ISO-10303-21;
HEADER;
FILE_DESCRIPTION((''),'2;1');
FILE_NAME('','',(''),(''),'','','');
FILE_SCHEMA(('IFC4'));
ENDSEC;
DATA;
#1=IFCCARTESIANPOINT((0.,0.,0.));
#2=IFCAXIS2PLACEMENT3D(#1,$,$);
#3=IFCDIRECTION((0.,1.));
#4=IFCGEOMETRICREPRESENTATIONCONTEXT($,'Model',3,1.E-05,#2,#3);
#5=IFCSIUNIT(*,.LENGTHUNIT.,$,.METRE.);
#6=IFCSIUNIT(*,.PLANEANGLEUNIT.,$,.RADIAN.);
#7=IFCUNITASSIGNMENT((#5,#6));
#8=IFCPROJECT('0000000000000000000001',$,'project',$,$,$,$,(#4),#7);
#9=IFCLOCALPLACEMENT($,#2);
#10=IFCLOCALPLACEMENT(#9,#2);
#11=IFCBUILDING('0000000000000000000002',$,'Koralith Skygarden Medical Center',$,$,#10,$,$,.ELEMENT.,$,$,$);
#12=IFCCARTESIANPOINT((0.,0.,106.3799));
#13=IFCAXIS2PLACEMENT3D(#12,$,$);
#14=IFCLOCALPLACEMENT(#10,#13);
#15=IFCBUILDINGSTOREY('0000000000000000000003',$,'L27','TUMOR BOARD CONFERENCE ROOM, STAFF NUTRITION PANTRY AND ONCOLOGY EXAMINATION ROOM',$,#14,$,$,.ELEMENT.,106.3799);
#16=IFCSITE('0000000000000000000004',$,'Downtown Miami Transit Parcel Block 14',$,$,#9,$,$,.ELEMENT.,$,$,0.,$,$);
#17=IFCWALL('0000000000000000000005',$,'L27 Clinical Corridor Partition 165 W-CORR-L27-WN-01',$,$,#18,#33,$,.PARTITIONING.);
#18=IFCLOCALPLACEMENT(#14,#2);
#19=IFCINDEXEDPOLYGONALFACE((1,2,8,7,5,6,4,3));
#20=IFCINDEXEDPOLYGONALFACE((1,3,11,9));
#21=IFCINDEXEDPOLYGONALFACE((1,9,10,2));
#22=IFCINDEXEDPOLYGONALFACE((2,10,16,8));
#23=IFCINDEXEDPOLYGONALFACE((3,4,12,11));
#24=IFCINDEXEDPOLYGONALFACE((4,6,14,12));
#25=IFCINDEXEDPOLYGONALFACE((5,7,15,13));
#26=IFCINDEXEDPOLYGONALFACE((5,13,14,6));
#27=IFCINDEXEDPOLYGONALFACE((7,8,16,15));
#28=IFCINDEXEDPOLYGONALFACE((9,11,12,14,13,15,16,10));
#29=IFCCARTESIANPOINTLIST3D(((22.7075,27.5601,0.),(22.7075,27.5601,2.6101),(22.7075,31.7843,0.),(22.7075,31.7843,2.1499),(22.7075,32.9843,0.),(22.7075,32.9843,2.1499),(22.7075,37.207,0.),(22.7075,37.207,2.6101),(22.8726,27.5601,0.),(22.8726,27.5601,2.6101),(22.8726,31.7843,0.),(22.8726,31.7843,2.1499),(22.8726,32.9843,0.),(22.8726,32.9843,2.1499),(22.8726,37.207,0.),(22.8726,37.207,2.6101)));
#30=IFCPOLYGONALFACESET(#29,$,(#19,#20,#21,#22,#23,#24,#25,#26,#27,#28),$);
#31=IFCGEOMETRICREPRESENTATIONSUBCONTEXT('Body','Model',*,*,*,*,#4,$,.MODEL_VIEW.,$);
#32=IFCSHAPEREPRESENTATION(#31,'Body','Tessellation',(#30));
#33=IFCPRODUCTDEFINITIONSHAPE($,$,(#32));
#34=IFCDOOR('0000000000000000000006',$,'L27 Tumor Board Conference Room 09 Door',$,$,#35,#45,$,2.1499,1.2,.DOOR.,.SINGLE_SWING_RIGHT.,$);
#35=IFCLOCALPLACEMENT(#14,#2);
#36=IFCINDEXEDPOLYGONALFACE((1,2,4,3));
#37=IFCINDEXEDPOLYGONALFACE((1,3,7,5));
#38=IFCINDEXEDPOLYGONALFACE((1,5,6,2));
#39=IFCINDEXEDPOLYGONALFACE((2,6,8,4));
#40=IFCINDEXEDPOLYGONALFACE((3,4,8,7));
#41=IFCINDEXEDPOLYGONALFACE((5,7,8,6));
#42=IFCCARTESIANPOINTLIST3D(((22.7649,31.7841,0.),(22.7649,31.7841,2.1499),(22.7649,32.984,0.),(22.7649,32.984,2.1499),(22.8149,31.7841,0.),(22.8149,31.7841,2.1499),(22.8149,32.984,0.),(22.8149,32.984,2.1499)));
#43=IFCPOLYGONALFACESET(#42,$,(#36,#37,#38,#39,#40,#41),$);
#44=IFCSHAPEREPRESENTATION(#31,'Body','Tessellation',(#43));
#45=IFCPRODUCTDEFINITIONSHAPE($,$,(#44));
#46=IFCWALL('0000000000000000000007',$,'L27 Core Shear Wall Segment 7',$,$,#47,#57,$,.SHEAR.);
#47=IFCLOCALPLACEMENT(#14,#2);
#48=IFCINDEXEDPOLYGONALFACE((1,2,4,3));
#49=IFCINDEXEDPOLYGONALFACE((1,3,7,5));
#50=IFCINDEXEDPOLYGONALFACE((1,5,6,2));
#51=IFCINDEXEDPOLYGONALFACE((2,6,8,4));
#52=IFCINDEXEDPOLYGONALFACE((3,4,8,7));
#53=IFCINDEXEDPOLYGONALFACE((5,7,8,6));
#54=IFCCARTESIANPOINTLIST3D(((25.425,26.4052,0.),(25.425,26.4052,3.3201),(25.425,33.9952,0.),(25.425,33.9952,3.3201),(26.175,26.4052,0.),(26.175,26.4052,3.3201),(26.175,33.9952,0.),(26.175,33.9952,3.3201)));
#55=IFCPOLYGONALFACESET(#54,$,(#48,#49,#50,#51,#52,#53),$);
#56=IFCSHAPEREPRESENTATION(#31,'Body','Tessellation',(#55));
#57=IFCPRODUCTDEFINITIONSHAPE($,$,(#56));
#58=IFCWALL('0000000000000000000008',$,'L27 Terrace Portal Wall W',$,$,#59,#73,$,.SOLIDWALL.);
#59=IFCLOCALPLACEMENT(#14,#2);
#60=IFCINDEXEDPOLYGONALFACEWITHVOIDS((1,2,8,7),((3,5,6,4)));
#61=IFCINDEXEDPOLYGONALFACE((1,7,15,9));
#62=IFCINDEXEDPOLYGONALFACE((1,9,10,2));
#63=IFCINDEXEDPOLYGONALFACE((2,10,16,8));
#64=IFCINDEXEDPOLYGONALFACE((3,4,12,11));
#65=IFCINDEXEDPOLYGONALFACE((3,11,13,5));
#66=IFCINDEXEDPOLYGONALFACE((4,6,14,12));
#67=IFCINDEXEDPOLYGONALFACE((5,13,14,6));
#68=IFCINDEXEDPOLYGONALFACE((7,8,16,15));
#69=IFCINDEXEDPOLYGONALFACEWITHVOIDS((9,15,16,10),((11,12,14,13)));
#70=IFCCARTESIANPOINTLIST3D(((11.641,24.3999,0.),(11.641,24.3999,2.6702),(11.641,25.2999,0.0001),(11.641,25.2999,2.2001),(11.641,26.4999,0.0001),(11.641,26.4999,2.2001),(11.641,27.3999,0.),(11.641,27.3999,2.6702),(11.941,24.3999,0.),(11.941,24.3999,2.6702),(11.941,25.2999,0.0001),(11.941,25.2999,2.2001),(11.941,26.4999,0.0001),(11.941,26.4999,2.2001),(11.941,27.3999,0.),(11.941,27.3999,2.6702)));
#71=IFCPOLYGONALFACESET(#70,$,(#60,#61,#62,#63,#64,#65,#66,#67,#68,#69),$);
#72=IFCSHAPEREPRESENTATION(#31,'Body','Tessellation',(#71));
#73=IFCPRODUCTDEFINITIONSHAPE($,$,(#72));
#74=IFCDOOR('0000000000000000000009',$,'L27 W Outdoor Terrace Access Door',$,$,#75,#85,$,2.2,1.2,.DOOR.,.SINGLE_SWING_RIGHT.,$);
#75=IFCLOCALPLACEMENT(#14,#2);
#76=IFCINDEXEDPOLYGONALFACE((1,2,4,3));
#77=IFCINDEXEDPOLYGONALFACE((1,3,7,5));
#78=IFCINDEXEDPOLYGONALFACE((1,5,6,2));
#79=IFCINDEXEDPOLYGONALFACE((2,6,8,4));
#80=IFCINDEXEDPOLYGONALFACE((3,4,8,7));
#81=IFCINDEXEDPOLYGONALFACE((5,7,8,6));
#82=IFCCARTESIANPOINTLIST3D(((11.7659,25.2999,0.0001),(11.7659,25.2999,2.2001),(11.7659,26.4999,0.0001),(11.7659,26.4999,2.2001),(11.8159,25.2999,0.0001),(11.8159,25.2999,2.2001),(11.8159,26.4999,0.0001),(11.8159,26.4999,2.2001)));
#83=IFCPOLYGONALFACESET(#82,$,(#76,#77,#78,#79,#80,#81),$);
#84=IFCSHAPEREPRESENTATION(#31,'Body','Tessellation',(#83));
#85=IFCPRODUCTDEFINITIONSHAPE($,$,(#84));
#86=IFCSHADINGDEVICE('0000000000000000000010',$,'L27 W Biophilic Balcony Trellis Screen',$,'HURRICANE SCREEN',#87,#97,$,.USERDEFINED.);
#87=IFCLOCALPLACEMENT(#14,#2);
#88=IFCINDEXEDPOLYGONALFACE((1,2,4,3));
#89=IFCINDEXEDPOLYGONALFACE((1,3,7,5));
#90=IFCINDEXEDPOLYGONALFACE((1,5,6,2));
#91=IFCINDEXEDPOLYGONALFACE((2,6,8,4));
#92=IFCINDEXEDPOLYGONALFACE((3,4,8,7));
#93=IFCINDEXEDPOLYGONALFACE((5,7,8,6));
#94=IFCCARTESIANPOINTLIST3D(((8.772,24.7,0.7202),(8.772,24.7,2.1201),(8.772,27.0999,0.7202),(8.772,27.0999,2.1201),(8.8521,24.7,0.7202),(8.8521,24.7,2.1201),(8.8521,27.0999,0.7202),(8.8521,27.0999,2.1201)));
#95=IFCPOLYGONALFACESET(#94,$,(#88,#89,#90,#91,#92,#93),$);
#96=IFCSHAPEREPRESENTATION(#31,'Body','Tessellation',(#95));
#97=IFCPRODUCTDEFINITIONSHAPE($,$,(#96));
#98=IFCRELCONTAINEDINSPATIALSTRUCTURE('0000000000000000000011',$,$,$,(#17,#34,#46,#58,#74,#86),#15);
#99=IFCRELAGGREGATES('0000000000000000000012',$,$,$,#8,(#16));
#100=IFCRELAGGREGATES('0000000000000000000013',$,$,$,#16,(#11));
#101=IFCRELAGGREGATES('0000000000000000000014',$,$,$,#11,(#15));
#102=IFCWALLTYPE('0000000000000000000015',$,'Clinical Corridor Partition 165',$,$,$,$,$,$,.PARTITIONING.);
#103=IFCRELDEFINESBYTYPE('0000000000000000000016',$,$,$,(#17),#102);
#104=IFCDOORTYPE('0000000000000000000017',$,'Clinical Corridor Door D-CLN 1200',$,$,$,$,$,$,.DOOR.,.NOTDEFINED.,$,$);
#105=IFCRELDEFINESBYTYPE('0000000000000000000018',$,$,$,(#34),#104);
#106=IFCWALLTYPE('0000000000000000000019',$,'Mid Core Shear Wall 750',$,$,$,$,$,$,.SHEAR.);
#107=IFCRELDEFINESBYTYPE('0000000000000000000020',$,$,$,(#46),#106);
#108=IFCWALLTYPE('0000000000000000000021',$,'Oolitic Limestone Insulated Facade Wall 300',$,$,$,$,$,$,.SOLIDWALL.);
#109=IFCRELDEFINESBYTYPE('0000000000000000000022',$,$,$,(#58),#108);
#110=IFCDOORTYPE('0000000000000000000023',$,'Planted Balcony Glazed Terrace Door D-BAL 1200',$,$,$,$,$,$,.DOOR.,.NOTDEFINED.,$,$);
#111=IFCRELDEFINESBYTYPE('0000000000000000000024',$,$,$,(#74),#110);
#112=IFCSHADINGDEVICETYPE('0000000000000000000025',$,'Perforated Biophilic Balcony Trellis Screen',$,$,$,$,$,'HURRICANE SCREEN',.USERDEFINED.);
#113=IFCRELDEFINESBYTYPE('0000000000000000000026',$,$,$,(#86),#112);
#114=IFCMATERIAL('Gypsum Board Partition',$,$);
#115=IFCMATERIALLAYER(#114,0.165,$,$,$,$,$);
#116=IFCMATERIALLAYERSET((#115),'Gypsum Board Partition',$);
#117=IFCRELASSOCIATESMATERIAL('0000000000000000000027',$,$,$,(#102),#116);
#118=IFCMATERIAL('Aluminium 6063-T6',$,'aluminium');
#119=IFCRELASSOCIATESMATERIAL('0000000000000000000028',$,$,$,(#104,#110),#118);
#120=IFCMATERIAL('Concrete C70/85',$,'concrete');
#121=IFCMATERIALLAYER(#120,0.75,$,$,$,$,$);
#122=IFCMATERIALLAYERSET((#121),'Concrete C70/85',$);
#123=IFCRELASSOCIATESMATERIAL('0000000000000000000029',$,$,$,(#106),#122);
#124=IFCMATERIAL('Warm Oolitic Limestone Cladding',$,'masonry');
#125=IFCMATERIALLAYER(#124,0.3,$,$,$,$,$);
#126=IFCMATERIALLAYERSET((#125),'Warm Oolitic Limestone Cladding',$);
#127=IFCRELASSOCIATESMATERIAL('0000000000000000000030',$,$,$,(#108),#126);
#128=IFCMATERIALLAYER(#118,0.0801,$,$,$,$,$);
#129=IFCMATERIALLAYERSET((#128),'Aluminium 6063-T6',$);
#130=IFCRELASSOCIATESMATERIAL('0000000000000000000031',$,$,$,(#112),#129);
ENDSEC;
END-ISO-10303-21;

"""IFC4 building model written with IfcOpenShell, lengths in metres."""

from ifc_helpers import new_model, si_unit, direction, frame, frame_2d, origin, origin_2d, place, context, subcontext, project, spatial, rectangle, extrude, material, layer, layer_set, type_object, element, fill, save


model = new_model("IFC4")

# Units and contexts
model_context = context("Model", 3, precision=1e-05, world=origin(), true_north=direction((0.0, 1.0)))
body_context = subcontext(model_context, "Body", "Model", "MODEL_VIEW")
ifc_project = project(units=[si_unit("LENGTHUNIT", "METRE"), si_unit("PLANEANGLEUNIT", "RADIAN")], contexts=[model_context])

# Site, building, storey
site_placement = place(None, origin())
site = spatial("IfcSite", under=ifc_project, at=site_placement, Name="Downtown Miami Transit Parcel Block 14", CompositionType="ELEMENT", RefElevation=0.0)
building_placement = place(site_placement, origin())
building = spatial("IfcBuilding", under=site, at=building_placement, Name="Koralith Skygarden Medical Center", CompositionType="ELEMENT")
storey_placement = place(building_placement, frame((0.0, 0.0, 106.3799)))
storey = spatial("IfcBuildingStorey", under=building, at=storey_placement, Name="L27", Description="TUMOR BOARD CONFERENCE ROOM, STAFF NUTRITION PANTRY AND ONCOLOGY EXAMINATION ROOM", CompositionType="ELEMENT", Elevation=106.3799)

# Shared definitions
ifc_material_1 = material(Name="Concrete C70/85", Category="concrete")

# Shared definitions
ifc_material_2 = material(Name="Aluminium 6063-T6", Category="aluminium")

# Shared definitions
ifc_material_3 = material(Name="Gypsum Board Partition")
ifc_layer_1 = layer(ifc_material_3, 0.165)
ifc_layer_set_1 = layer_set([ifc_layer_1], Name="Gypsum Board Partition")
wall_type_1 = type_object("IfcWallType", Name="Clinical Corridor Partition 165", PredefinedType="PARTITIONING", material=ifc_layer_set_1)

# Wall, opening, door
wall_1_placement = place(storey_placement, frame((22.79, 27.5601, 0.0), z_axis=(0.0, 0.0, 1.0), x_axis=(0.0, 1.0, 0.0)))
wall_1 = element("IfcWall", 1, at=wall_1_placement, inside=storey, type_object=wall_type_1, Name="L27 Clinical Corridor Partition 165 W-CORR-L27-WN-01", PredefinedType="PARTITIONING", context=body_context, shape_type="SweptSolid", body=[
    extrude(rectangle(XDim=9.647, YDim=0.165, at=frame_2d((4.8235, 0.0))), origin(), (0.0, 0.0, 1.0), 2.6101),
])
opening_1_placement = place(wall_1_placement, frame((4.2241, 0.0, 0.0)))
opening_1 = element("IfcOpeningElement", 2, at=opening_1_placement, cuts=wall_1, PredefinedType="OPENING", context=body_context, shape_type="SweptSolid", body=[
    extrude(rectangle(XDim=1.2, YDim=2.1499, at=frame_2d((0.6001, 1.075))), frame((0.0, 0.0925, 0.0), z_axis=(0.0, -1.0, 0.0), x_axis=(1.0, 0.0, 0.0)), (0.0, 0.0, 1.0), 0.1851),
])
door_type_1 = type_object("IfcDoorType", Name="Clinical Corridor Door D-CLN 1200", OperationType="NOTDEFINED", PredefinedType="DOOR", material=ifc_material_2)
door_1_placement = place(opening_1_placement, frame((1.2, 0.0, 0.0), z_axis=(0.0, 0.0, 1.0), x_axis=(-1.0, 0.0, 0.0)))
door_1 = element("IfcDoor", 3, at=door_1_placement, inside=storey, type_object=door_type_1, Name="L27 Tumor Board Conference Room 09 Door", OperationType="SINGLE_SWING_RIGHT", OverallHeight=2.1499, OverallWidth=1.2, PredefinedType="DOOR", context=body_context, shape_type="SweptSolid", body=[
    extrude(rectangle(XDim=1.2, YDim=2.1499, at=frame_2d((0.6001, 1.075))), frame((0.0, 0.0249, 0.0), z_axis=(0.0, -1.0, 0.0), x_axis=(1.0, 0.0, 0.0)), (0.0, 0.0, 1.0), 0.05),
])
fill(opening_1, door_1)

# Wall
ifc_layer_2 = layer(ifc_material_1, 0.75)
ifc_layer_set_2 = layer_set([ifc_layer_2], Name="Concrete C70/85")
wall_type_2 = type_object("IfcWallType", Name="Mid Core Shear Wall 750", PredefinedType="SHEAR", material=ifc_layer_set_2)
wall_2_placement = place(storey_placement, frame((25.8, 33.9951, 0.0), z_axis=(0.0, 0.0, 1.0), x_axis=(0.0, -1.0, 0.0)))
element("IfcWall", 4, at=wall_2_placement, inside=storey, type_object=wall_type_2, Name="L27 Core Shear Wall Segment 7", PredefinedType="SHEAR", context=body_context, shape_type="SweptSolid", body=[
    extrude(rectangle(XDim=7.5901, YDim=0.75, at=frame_2d((3.7949, 0.0))), origin(), (0.0, 0.0, 1.0), 3.3201),
])

# Wall, opening, door
ifc_material_4 = material(Name="Warm Oolitic Limestone Cladding", Category="masonry")
ifc_layer_3 = layer(ifc_material_4, 0.3)
ifc_layer_set_3 = layer_set([ifc_layer_3], Name="Warm Oolitic Limestone Cladding")
wall_type_3 = type_object("IfcWallType", Name="Oolitic Limestone Insulated Facade Wall 300", PredefinedType="SOLIDWALL", material=ifc_layer_set_3)
wall_3_placement = place(storey_placement, frame((11.791, 27.3999, 0.0), z_axis=(0.0, 0.0, 1.0), x_axis=(0.0, -1.0, 0.0)))
wall_3 = element("IfcWall", 5, at=wall_3_placement, inside=storey, type_object=wall_type_3, Name="L27 Terrace Portal Wall W", PredefinedType="SOLIDWALL", context=body_context, shape_type="SweptSolid", body=[
    extrude(rectangle(XDim=3.0, YDim=0.3, at=frame_2d((1.5, 0.0))), origin(), (0.0, 0.0, 1.0), 2.6702),
])
opening_2_placement = place(wall_3_placement, frame((0.8999, 0.0, 0.0)))
opening_2 = element("IfcOpeningElement", 6, at=opening_2_placement, cuts=wall_3, PredefinedType="OPENING", context=body_context, shape_type="SweptSolid", body=[
    extrude(rectangle(XDim=1.2, YDim=2.2, at=frame_2d((0.6001, 1.1001))), frame((0.0, 0.1599, 0.0), z_axis=(0.0, -1.0, 0.0), x_axis=(1.0, 0.0, 0.0)), (0.0, 0.0, 1.0), 0.3201),
])
door_type_2 = type_object("IfcDoorType", Name="Planted Balcony Glazed Terrace Door D-BAL 1200", OperationType="NOTDEFINED", PredefinedType="DOOR", material=ifc_material_2)
door_2_placement = place(opening_2_placement, origin())
door_2 = element("IfcDoor", 7, at=door_2_placement, inside=storey, type_object=door_type_2, Name="L27 W Outdoor Terrace Access Door", OperationType="SINGLE_SWING_RIGHT", OverallHeight=2.2, OverallWidth=1.2, PredefinedType="DOOR", context=body_context, shape_type="SweptSolid", body=[
    extrude(rectangle(XDim=1.2, YDim=2.2, at=frame_2d((0.6001, 1.1001))), frame((0.0, 0.0249, 0.0), z_axis=(0.0, -1.0, 0.0), x_axis=(1.0, 0.0, 0.0)), (0.0, 0.0, 1.0), 0.05),
])
fill(opening_2, door_2)

# Shading device
ifc_layer_4 = layer(ifc_material_2, 0.0801)
ifc_layer_set_4 = layer_set([ifc_layer_4], Name="Aluminium 6063-T6")
shading_device_type = type_object("IfcShadingDeviceType", Name="Perforated Biophilic Balcony Trellis Screen", ElementType="HURRICANE SCREEN", PredefinedType="USERDEFINED", material=ifc_layer_set_4)
shading_device_placement = place(storey_placement, frame((8.812, 25.8999, 0.7202), z_axis=(0.0, 0.0, 1.0), x_axis=(0.0, 1.0, 0.0)))
element("IfcShadingDevice", 8, at=shading_device_placement, inside=storey, type_object=shading_device_type, Name="L27 W Biophilic Balcony Trellis Screen", ObjectType="HURRICANE SCREEN", PredefinedType="USERDEFINED", context=body_context, shape_type="SweptSolid", body=[
    extrude(rectangle(XDim=2.3999, YDim=0.0801, at=origin_2d()), origin(), (0.0, 0.0, 1.0), 1.3999),
])

save(model, "model.ifc")
